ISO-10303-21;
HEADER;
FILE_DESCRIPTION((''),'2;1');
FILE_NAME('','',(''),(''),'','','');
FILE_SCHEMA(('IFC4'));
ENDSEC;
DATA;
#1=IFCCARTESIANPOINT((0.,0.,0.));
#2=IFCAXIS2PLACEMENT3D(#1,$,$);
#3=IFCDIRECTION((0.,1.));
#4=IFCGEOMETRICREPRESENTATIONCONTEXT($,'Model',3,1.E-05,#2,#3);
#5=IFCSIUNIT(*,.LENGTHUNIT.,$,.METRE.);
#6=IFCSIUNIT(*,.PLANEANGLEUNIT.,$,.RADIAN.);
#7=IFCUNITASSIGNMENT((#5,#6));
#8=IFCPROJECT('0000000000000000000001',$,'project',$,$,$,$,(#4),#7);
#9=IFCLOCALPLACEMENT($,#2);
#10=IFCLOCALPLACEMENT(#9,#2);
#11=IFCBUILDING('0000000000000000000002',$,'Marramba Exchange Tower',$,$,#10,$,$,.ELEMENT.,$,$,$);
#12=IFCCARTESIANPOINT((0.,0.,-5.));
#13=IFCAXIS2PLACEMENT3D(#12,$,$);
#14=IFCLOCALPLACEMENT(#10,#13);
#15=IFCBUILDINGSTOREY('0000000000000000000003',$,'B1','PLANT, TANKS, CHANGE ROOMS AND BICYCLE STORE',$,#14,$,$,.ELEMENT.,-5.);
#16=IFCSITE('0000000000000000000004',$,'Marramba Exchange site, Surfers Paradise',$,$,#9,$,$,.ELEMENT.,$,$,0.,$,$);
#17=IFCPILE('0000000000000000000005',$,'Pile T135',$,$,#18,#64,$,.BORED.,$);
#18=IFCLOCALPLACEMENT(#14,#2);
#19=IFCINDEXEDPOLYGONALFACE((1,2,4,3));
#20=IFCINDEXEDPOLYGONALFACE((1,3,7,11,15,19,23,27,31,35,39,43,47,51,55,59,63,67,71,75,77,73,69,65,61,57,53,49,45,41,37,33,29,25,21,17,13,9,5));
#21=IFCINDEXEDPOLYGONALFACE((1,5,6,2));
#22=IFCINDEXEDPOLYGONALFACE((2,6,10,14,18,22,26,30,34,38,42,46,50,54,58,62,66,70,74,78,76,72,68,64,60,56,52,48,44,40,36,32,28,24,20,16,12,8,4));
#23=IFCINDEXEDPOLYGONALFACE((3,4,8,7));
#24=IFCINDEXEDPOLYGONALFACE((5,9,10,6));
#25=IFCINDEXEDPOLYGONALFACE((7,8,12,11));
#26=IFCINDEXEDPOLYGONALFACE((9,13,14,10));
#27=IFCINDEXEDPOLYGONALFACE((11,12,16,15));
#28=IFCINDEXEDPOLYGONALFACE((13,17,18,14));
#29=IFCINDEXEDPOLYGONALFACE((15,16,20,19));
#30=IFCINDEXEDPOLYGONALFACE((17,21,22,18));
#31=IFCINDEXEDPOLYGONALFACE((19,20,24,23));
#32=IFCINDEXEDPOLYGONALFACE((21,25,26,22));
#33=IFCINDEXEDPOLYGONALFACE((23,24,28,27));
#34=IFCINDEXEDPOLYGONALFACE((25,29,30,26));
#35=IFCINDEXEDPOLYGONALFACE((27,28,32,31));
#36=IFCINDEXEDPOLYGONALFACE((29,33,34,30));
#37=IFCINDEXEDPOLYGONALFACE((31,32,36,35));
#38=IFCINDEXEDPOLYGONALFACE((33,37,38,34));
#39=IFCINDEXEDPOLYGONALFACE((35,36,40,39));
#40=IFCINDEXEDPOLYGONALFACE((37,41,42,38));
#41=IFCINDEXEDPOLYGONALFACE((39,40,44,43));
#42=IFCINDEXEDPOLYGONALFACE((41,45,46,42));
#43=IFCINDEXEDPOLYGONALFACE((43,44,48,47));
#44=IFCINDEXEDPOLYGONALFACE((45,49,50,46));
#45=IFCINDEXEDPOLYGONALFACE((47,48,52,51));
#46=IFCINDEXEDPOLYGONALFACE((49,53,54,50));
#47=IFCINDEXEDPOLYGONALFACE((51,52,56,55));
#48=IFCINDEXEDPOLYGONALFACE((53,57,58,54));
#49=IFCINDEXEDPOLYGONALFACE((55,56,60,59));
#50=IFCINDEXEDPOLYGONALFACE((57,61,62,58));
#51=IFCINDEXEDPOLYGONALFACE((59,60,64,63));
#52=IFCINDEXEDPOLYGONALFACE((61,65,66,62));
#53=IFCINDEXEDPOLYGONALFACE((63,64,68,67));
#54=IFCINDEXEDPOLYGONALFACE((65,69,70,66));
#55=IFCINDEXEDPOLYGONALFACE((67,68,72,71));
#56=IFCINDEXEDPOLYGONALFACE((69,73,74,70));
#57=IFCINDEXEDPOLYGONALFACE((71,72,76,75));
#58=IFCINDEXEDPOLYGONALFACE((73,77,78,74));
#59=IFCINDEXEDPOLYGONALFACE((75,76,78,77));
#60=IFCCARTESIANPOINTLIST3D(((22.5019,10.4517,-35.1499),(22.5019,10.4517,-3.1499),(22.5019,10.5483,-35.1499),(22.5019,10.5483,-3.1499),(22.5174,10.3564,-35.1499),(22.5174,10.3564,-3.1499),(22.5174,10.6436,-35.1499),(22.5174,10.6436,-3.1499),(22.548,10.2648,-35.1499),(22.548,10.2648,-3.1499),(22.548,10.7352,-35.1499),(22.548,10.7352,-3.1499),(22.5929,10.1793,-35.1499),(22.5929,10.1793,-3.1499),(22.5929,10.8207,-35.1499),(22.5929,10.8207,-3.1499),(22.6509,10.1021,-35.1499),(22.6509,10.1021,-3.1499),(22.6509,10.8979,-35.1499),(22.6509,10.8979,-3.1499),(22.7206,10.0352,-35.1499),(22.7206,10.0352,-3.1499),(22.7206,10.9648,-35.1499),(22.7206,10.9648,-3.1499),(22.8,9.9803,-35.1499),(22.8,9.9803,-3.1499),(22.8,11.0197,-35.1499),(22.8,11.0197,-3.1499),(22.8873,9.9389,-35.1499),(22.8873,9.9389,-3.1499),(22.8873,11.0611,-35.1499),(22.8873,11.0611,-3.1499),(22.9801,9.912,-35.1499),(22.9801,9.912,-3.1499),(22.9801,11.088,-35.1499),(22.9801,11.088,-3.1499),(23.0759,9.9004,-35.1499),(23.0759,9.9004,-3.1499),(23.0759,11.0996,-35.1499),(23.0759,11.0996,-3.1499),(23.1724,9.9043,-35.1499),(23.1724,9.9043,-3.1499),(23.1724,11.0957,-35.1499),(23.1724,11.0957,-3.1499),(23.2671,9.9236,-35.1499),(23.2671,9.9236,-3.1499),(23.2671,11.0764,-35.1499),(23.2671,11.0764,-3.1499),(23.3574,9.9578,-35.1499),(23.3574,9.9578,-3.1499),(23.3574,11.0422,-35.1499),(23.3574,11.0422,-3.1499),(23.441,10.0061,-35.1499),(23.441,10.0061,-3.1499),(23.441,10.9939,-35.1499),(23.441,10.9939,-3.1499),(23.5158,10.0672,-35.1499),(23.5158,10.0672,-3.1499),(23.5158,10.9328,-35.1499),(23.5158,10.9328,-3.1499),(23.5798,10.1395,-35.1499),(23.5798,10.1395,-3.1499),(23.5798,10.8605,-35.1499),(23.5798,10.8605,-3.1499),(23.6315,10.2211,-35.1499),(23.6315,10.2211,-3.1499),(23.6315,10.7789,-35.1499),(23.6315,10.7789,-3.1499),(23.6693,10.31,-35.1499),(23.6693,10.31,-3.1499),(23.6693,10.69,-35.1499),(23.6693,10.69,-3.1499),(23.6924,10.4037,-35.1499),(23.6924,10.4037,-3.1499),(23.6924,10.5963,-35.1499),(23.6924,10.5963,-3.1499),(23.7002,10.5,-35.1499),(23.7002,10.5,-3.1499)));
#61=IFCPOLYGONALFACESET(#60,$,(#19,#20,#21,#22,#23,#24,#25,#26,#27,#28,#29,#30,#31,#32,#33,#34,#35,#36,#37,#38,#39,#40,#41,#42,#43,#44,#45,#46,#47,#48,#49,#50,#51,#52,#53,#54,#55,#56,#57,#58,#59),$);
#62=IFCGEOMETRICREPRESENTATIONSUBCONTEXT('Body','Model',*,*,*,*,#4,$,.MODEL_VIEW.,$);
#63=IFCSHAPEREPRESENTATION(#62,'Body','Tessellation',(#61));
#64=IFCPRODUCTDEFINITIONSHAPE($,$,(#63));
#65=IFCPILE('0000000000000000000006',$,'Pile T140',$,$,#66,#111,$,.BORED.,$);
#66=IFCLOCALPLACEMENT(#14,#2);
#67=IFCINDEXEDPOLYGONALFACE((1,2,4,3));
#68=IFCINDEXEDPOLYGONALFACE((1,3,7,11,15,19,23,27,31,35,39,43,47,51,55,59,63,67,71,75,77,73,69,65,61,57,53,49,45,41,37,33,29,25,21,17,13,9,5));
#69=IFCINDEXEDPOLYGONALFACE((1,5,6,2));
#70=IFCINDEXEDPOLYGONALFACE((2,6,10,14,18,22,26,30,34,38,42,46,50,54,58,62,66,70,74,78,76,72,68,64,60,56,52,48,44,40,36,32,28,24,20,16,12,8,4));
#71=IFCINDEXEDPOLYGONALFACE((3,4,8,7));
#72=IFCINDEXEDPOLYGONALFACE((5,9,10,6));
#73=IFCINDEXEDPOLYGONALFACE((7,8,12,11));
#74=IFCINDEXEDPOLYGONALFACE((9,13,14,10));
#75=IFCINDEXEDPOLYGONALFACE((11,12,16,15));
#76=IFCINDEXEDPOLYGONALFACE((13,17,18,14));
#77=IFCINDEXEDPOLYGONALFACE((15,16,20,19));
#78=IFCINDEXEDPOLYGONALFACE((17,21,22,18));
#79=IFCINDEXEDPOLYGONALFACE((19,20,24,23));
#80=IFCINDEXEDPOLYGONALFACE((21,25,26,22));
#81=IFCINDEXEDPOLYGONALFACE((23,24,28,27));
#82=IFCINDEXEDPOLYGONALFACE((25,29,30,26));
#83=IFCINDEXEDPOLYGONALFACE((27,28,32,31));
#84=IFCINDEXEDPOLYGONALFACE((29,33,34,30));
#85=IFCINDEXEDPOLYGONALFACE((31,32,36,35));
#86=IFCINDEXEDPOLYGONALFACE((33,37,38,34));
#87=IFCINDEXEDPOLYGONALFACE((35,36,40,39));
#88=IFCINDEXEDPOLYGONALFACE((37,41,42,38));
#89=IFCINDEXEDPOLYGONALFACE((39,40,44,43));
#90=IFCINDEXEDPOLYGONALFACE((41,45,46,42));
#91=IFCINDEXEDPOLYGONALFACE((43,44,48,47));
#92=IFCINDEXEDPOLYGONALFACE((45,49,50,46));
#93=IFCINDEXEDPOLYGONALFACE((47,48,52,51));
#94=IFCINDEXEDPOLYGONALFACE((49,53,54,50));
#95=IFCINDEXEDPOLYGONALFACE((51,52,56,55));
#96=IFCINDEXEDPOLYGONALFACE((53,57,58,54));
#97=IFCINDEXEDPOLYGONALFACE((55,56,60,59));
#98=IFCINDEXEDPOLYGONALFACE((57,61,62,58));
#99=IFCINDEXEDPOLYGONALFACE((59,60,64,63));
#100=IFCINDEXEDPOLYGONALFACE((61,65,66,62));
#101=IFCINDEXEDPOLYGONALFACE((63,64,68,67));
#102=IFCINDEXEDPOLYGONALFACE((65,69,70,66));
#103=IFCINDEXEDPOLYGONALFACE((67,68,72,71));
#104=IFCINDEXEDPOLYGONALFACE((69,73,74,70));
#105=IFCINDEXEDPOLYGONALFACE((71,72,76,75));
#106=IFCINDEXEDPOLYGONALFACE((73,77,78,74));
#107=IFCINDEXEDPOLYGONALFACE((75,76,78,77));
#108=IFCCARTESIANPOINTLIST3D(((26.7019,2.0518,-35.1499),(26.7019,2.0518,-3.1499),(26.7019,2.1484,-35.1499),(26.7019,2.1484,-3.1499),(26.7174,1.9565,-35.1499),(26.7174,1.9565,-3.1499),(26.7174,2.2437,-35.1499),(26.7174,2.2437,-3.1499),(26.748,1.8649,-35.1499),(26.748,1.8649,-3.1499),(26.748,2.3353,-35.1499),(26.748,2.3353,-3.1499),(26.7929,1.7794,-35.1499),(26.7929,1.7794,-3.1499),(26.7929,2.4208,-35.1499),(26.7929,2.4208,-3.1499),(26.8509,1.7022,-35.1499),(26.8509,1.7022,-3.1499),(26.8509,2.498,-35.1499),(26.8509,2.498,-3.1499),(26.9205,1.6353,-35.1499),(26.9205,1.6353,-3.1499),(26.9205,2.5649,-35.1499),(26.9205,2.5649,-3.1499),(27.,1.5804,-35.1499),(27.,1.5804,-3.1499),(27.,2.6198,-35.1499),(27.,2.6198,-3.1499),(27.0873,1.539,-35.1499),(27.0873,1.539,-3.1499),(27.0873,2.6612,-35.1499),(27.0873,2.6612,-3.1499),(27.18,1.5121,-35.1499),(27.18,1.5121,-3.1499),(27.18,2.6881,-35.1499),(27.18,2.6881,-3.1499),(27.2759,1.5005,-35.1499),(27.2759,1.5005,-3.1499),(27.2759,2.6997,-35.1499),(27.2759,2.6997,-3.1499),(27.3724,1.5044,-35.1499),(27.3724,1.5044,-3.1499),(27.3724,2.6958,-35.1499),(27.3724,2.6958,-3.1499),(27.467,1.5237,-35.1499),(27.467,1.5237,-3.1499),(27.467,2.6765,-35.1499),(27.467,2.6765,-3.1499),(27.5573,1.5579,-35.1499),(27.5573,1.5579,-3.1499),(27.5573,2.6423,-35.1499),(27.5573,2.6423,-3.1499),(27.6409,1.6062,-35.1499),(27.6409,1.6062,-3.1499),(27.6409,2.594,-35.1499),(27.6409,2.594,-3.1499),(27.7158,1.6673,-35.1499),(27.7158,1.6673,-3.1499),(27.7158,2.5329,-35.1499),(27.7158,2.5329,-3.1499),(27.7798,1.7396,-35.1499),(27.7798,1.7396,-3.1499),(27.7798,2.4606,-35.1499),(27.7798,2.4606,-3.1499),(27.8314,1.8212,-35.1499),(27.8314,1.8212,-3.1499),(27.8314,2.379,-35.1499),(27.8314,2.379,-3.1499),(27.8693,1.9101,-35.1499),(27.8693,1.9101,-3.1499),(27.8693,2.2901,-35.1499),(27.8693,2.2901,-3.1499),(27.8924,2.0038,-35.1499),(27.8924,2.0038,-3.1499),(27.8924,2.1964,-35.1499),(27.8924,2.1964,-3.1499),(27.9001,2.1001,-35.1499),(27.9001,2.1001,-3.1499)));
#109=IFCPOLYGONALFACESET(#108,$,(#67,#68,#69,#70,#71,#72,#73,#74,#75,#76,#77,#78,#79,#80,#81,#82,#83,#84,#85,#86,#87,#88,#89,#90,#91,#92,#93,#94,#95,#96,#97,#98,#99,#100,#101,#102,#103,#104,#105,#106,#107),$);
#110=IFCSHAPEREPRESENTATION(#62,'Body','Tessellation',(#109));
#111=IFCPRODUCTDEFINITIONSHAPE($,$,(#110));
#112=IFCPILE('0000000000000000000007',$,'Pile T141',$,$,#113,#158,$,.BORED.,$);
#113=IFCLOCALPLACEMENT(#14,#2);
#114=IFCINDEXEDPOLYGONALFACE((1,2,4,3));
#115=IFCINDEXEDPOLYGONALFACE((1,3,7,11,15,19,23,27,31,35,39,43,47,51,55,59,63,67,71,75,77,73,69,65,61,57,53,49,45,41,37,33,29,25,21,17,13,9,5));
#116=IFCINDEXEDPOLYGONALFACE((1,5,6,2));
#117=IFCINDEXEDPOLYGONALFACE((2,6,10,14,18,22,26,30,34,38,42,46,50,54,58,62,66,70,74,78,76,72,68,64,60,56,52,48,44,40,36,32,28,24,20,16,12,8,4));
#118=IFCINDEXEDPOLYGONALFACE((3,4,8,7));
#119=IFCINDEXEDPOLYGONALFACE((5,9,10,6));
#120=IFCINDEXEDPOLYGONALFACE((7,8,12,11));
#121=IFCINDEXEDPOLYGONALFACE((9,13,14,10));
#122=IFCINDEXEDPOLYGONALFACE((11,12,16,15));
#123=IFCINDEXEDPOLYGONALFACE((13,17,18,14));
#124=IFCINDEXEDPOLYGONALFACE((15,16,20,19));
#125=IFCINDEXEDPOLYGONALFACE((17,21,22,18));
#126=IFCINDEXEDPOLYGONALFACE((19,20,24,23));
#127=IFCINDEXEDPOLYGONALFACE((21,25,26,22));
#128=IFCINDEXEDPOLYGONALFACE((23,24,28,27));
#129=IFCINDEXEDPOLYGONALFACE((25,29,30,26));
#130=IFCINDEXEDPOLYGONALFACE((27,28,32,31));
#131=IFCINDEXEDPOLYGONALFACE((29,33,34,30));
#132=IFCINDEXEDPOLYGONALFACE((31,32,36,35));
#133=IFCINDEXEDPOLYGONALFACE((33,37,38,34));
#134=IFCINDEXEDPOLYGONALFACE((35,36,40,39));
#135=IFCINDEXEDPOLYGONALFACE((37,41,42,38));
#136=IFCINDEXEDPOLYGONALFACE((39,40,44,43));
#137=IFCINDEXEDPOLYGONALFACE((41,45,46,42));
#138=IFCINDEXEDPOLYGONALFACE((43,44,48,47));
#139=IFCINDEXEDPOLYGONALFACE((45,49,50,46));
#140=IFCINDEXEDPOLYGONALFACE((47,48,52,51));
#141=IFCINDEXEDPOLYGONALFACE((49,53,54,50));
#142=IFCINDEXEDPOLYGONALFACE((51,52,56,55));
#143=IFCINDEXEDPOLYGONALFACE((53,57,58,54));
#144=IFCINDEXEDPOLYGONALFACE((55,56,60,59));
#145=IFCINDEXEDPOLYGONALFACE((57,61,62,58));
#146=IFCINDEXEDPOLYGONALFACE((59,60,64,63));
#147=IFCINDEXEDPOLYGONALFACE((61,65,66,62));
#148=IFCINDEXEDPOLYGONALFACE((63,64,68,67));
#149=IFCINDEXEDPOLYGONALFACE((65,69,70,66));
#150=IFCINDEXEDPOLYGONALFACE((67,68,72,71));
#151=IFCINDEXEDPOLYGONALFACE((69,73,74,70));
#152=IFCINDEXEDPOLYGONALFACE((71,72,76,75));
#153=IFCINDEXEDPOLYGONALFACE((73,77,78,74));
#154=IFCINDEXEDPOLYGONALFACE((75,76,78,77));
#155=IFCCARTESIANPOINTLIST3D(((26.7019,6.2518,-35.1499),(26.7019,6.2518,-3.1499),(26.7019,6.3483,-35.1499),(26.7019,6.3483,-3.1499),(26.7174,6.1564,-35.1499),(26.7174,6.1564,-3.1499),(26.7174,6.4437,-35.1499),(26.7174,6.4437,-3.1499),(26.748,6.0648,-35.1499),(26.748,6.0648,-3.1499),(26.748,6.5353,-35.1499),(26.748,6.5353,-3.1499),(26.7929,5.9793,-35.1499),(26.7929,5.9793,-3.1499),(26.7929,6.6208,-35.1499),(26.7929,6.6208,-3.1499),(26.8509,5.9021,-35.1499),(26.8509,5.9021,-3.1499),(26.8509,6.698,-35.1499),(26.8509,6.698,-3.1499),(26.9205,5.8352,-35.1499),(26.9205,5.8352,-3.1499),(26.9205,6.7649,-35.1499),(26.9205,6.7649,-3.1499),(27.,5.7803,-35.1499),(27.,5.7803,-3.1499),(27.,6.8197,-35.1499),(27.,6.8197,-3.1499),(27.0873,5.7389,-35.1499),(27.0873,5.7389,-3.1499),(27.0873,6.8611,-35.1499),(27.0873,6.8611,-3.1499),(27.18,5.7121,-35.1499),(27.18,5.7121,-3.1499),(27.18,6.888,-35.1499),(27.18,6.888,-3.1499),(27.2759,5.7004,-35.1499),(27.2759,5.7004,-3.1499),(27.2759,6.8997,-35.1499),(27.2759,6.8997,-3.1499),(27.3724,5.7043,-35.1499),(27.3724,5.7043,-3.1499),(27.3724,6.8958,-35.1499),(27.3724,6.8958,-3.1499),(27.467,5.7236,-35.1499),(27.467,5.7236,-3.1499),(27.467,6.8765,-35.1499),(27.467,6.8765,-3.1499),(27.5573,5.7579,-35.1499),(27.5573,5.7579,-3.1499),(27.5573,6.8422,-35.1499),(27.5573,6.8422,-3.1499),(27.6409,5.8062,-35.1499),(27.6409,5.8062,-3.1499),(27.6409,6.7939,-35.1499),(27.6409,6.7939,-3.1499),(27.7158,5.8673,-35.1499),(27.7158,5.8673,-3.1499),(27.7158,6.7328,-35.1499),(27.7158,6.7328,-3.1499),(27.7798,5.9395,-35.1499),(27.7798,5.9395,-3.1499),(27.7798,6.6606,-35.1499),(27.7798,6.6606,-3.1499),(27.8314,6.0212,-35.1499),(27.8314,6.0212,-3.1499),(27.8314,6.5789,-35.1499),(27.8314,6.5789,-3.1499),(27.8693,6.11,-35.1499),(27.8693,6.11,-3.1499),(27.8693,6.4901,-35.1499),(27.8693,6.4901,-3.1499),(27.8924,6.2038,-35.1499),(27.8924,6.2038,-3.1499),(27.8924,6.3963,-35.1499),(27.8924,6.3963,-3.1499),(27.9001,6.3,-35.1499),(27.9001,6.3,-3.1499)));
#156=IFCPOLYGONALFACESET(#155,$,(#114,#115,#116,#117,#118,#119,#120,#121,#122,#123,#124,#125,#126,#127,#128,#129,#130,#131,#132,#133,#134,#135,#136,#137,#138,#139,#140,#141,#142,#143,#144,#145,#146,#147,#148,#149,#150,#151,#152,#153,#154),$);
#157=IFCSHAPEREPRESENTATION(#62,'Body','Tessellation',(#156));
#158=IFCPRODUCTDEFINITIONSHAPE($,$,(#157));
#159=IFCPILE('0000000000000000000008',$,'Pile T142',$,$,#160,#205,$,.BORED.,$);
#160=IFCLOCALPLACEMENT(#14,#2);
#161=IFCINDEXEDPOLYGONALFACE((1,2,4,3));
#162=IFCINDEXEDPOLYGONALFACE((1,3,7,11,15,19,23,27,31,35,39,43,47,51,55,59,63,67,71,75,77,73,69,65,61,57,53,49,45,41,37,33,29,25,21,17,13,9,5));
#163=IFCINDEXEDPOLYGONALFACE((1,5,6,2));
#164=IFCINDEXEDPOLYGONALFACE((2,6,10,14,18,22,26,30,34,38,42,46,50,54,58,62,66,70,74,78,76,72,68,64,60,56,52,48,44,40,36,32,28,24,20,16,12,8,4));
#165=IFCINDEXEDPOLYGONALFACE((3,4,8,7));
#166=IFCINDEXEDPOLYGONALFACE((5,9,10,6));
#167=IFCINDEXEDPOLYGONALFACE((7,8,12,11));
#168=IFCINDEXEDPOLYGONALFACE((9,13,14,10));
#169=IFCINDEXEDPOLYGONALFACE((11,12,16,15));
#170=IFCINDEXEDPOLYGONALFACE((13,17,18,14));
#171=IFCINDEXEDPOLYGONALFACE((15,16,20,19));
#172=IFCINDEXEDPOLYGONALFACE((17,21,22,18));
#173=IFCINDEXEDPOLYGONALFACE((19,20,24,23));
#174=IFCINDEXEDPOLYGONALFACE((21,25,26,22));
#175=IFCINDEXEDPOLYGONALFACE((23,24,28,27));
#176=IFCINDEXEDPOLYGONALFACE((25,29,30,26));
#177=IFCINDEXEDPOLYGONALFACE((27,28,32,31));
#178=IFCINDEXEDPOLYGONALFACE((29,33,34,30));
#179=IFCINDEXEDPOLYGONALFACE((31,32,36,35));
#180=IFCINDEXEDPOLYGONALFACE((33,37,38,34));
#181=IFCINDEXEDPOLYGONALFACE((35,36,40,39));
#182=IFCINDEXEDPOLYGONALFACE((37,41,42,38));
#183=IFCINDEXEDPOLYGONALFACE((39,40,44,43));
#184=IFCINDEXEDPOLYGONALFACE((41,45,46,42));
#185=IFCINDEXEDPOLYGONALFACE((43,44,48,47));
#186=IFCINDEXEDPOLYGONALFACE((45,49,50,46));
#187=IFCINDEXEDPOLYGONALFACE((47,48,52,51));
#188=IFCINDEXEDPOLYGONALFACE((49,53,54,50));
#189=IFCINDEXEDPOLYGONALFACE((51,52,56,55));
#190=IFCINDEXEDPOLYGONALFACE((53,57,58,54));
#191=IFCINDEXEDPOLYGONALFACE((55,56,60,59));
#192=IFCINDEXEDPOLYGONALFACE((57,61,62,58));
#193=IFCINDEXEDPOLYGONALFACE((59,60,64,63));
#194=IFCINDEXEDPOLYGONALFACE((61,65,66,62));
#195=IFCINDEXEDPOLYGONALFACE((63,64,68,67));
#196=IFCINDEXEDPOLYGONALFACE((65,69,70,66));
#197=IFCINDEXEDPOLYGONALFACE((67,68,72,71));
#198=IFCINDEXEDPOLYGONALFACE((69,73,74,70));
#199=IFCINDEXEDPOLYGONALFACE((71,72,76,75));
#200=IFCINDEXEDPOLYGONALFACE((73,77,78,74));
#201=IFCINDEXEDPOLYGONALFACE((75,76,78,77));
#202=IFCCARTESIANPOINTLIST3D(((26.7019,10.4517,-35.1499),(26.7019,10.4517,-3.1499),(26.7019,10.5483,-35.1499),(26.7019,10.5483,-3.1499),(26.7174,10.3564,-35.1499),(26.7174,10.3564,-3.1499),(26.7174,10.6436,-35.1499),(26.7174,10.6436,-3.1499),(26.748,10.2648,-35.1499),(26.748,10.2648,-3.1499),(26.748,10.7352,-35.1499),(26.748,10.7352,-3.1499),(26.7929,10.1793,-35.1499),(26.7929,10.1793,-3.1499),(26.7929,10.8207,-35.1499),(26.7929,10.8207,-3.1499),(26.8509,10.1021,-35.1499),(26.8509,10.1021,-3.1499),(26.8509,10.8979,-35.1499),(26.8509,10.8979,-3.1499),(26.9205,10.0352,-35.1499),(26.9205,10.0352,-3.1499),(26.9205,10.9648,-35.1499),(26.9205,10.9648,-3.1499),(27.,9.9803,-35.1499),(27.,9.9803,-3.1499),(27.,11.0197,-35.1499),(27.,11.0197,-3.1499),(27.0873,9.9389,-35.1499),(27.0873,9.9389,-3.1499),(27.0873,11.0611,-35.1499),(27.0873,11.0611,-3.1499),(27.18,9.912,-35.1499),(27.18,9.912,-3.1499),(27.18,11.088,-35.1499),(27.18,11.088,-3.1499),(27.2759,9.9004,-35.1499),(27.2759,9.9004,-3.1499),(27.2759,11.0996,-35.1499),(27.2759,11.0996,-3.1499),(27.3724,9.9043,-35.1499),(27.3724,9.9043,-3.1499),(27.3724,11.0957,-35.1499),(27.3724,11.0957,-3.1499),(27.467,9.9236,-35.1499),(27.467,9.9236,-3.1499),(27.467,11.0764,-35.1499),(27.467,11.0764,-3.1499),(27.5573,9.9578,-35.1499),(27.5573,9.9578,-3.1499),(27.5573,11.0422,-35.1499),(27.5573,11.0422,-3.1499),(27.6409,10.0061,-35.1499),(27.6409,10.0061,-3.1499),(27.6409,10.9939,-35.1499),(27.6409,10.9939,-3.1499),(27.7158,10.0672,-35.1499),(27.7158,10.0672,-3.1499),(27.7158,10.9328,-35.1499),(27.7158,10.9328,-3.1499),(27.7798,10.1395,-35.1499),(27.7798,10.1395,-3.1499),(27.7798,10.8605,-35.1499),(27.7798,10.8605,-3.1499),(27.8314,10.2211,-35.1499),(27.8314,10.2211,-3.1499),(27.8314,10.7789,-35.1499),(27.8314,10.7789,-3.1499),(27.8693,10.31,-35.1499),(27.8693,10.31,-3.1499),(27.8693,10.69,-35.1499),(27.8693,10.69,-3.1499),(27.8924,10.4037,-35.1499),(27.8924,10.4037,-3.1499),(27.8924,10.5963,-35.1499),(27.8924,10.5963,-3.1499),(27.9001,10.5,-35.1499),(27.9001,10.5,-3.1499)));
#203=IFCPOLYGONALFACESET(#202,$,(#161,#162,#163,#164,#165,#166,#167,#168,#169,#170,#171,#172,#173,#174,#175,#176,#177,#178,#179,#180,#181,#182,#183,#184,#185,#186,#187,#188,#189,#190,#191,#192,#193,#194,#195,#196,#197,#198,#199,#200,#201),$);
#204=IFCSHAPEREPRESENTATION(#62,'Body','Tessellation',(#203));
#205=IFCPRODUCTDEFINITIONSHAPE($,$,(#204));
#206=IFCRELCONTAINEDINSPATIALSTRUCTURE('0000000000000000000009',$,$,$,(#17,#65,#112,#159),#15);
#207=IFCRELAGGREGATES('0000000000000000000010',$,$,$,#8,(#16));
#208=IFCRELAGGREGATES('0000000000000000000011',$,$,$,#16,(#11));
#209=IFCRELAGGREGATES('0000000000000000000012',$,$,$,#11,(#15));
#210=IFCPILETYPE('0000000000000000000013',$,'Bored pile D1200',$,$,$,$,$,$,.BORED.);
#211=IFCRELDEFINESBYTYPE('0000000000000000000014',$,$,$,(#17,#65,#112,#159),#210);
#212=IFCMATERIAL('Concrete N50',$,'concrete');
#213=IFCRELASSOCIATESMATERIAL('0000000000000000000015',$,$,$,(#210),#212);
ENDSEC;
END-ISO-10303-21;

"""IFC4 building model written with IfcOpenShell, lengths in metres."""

from ifc_helpers import new_model, si_unit, direction, frame, origin, origin_2d, place, context, subcontext, project, spatial, circle, extrude, material, material_profile, profile_set, type_object, element, save


model = new_model("IFC4")

# Units and contexts
model_context = context("Model", 3, precision=1e-05, world=origin(), true_north=direction((0.0, 1.0)))
body_context = subcontext(model_context, "Body", "Model", "MODEL_VIEW")
ifc_project = project(units=[si_unit("LENGTHUNIT", "METRE"), si_unit("PLANEANGLEUNIT", "RADIAN")], contexts=[model_context])

# Site, building, storey
site_placement = place(None, origin())
site = spatial("IfcSite", under=ifc_project, at=site_placement, Name="Marramba Exchange site, Surfers Paradise", CompositionType="ELEMENT", RefElevation=0.0)
building_placement = place(site_placement, origin())
building = spatial("IfcBuilding", under=site, at=building_placement, Name="Marramba Exchange Tower", CompositionType="ELEMENT")
storey_placement = place(building_placement, frame((0.0, 0.0, -5.0)))
storey = spatial("IfcBuildingStorey", under=building, at=storey_placement, Name="B1", Description="PLANT, TANKS, CHANGE ROOMS AND BICYCLE STORE", CompositionType="ELEMENT", Elevation=-5.0)

# Piles
ifc_material_1 = material(Name="Concrete N50", Category="concrete")
ifc_material_profile_1 = material_profile(ifc_material_1, circle(Radius=0.6001, at=origin_2d()), Name="BP D1200")
ifc_profile_set_1 = profile_set([ifc_material_profile_1], Name="Concrete N50")
pile_type = type_object("IfcPileType", Name="Bored pile D1200", PredefinedType="BORED", material=ifc_profile_set_1)
for number, where, z_axis, x_axis, name in (
    (1, (23.1001, 10.5, -3.1499), (0.0, 0.0, -1.0), (1.0, 0.0, 0.0), "Pile T135"),
    (2, (27.3, 2.1001, -3.1499), (0.0, 0.0, -1.0), (1.0, 0.0, 0.0), "Pile T140"),
    (3, (27.3, 6.3, -3.1499), (0.0, 0.0, -1.0), (1.0, 0.0, 0.0), "Pile T141"),
    (4, (27.3, 10.5, -3.1499), (0.0, 0.0, -1.0), (1.0, 0.0, 0.0), "Pile T142"),
):
    element("IfcPile", number, at=place(storey_placement, frame(where, z_axis=z_axis, x_axis=x_axis)), inside=storey, type_object=pile_type, Name=name, PredefinedType="BORED", context=body_context, shape_type="SweptSolid", body=[
        extrude(circle(Radius=0.6001, at=origin_2d()), origin(), (0.0, 0.0, 1.0), 32.0),
    ])

save(model, "model.ifc")
